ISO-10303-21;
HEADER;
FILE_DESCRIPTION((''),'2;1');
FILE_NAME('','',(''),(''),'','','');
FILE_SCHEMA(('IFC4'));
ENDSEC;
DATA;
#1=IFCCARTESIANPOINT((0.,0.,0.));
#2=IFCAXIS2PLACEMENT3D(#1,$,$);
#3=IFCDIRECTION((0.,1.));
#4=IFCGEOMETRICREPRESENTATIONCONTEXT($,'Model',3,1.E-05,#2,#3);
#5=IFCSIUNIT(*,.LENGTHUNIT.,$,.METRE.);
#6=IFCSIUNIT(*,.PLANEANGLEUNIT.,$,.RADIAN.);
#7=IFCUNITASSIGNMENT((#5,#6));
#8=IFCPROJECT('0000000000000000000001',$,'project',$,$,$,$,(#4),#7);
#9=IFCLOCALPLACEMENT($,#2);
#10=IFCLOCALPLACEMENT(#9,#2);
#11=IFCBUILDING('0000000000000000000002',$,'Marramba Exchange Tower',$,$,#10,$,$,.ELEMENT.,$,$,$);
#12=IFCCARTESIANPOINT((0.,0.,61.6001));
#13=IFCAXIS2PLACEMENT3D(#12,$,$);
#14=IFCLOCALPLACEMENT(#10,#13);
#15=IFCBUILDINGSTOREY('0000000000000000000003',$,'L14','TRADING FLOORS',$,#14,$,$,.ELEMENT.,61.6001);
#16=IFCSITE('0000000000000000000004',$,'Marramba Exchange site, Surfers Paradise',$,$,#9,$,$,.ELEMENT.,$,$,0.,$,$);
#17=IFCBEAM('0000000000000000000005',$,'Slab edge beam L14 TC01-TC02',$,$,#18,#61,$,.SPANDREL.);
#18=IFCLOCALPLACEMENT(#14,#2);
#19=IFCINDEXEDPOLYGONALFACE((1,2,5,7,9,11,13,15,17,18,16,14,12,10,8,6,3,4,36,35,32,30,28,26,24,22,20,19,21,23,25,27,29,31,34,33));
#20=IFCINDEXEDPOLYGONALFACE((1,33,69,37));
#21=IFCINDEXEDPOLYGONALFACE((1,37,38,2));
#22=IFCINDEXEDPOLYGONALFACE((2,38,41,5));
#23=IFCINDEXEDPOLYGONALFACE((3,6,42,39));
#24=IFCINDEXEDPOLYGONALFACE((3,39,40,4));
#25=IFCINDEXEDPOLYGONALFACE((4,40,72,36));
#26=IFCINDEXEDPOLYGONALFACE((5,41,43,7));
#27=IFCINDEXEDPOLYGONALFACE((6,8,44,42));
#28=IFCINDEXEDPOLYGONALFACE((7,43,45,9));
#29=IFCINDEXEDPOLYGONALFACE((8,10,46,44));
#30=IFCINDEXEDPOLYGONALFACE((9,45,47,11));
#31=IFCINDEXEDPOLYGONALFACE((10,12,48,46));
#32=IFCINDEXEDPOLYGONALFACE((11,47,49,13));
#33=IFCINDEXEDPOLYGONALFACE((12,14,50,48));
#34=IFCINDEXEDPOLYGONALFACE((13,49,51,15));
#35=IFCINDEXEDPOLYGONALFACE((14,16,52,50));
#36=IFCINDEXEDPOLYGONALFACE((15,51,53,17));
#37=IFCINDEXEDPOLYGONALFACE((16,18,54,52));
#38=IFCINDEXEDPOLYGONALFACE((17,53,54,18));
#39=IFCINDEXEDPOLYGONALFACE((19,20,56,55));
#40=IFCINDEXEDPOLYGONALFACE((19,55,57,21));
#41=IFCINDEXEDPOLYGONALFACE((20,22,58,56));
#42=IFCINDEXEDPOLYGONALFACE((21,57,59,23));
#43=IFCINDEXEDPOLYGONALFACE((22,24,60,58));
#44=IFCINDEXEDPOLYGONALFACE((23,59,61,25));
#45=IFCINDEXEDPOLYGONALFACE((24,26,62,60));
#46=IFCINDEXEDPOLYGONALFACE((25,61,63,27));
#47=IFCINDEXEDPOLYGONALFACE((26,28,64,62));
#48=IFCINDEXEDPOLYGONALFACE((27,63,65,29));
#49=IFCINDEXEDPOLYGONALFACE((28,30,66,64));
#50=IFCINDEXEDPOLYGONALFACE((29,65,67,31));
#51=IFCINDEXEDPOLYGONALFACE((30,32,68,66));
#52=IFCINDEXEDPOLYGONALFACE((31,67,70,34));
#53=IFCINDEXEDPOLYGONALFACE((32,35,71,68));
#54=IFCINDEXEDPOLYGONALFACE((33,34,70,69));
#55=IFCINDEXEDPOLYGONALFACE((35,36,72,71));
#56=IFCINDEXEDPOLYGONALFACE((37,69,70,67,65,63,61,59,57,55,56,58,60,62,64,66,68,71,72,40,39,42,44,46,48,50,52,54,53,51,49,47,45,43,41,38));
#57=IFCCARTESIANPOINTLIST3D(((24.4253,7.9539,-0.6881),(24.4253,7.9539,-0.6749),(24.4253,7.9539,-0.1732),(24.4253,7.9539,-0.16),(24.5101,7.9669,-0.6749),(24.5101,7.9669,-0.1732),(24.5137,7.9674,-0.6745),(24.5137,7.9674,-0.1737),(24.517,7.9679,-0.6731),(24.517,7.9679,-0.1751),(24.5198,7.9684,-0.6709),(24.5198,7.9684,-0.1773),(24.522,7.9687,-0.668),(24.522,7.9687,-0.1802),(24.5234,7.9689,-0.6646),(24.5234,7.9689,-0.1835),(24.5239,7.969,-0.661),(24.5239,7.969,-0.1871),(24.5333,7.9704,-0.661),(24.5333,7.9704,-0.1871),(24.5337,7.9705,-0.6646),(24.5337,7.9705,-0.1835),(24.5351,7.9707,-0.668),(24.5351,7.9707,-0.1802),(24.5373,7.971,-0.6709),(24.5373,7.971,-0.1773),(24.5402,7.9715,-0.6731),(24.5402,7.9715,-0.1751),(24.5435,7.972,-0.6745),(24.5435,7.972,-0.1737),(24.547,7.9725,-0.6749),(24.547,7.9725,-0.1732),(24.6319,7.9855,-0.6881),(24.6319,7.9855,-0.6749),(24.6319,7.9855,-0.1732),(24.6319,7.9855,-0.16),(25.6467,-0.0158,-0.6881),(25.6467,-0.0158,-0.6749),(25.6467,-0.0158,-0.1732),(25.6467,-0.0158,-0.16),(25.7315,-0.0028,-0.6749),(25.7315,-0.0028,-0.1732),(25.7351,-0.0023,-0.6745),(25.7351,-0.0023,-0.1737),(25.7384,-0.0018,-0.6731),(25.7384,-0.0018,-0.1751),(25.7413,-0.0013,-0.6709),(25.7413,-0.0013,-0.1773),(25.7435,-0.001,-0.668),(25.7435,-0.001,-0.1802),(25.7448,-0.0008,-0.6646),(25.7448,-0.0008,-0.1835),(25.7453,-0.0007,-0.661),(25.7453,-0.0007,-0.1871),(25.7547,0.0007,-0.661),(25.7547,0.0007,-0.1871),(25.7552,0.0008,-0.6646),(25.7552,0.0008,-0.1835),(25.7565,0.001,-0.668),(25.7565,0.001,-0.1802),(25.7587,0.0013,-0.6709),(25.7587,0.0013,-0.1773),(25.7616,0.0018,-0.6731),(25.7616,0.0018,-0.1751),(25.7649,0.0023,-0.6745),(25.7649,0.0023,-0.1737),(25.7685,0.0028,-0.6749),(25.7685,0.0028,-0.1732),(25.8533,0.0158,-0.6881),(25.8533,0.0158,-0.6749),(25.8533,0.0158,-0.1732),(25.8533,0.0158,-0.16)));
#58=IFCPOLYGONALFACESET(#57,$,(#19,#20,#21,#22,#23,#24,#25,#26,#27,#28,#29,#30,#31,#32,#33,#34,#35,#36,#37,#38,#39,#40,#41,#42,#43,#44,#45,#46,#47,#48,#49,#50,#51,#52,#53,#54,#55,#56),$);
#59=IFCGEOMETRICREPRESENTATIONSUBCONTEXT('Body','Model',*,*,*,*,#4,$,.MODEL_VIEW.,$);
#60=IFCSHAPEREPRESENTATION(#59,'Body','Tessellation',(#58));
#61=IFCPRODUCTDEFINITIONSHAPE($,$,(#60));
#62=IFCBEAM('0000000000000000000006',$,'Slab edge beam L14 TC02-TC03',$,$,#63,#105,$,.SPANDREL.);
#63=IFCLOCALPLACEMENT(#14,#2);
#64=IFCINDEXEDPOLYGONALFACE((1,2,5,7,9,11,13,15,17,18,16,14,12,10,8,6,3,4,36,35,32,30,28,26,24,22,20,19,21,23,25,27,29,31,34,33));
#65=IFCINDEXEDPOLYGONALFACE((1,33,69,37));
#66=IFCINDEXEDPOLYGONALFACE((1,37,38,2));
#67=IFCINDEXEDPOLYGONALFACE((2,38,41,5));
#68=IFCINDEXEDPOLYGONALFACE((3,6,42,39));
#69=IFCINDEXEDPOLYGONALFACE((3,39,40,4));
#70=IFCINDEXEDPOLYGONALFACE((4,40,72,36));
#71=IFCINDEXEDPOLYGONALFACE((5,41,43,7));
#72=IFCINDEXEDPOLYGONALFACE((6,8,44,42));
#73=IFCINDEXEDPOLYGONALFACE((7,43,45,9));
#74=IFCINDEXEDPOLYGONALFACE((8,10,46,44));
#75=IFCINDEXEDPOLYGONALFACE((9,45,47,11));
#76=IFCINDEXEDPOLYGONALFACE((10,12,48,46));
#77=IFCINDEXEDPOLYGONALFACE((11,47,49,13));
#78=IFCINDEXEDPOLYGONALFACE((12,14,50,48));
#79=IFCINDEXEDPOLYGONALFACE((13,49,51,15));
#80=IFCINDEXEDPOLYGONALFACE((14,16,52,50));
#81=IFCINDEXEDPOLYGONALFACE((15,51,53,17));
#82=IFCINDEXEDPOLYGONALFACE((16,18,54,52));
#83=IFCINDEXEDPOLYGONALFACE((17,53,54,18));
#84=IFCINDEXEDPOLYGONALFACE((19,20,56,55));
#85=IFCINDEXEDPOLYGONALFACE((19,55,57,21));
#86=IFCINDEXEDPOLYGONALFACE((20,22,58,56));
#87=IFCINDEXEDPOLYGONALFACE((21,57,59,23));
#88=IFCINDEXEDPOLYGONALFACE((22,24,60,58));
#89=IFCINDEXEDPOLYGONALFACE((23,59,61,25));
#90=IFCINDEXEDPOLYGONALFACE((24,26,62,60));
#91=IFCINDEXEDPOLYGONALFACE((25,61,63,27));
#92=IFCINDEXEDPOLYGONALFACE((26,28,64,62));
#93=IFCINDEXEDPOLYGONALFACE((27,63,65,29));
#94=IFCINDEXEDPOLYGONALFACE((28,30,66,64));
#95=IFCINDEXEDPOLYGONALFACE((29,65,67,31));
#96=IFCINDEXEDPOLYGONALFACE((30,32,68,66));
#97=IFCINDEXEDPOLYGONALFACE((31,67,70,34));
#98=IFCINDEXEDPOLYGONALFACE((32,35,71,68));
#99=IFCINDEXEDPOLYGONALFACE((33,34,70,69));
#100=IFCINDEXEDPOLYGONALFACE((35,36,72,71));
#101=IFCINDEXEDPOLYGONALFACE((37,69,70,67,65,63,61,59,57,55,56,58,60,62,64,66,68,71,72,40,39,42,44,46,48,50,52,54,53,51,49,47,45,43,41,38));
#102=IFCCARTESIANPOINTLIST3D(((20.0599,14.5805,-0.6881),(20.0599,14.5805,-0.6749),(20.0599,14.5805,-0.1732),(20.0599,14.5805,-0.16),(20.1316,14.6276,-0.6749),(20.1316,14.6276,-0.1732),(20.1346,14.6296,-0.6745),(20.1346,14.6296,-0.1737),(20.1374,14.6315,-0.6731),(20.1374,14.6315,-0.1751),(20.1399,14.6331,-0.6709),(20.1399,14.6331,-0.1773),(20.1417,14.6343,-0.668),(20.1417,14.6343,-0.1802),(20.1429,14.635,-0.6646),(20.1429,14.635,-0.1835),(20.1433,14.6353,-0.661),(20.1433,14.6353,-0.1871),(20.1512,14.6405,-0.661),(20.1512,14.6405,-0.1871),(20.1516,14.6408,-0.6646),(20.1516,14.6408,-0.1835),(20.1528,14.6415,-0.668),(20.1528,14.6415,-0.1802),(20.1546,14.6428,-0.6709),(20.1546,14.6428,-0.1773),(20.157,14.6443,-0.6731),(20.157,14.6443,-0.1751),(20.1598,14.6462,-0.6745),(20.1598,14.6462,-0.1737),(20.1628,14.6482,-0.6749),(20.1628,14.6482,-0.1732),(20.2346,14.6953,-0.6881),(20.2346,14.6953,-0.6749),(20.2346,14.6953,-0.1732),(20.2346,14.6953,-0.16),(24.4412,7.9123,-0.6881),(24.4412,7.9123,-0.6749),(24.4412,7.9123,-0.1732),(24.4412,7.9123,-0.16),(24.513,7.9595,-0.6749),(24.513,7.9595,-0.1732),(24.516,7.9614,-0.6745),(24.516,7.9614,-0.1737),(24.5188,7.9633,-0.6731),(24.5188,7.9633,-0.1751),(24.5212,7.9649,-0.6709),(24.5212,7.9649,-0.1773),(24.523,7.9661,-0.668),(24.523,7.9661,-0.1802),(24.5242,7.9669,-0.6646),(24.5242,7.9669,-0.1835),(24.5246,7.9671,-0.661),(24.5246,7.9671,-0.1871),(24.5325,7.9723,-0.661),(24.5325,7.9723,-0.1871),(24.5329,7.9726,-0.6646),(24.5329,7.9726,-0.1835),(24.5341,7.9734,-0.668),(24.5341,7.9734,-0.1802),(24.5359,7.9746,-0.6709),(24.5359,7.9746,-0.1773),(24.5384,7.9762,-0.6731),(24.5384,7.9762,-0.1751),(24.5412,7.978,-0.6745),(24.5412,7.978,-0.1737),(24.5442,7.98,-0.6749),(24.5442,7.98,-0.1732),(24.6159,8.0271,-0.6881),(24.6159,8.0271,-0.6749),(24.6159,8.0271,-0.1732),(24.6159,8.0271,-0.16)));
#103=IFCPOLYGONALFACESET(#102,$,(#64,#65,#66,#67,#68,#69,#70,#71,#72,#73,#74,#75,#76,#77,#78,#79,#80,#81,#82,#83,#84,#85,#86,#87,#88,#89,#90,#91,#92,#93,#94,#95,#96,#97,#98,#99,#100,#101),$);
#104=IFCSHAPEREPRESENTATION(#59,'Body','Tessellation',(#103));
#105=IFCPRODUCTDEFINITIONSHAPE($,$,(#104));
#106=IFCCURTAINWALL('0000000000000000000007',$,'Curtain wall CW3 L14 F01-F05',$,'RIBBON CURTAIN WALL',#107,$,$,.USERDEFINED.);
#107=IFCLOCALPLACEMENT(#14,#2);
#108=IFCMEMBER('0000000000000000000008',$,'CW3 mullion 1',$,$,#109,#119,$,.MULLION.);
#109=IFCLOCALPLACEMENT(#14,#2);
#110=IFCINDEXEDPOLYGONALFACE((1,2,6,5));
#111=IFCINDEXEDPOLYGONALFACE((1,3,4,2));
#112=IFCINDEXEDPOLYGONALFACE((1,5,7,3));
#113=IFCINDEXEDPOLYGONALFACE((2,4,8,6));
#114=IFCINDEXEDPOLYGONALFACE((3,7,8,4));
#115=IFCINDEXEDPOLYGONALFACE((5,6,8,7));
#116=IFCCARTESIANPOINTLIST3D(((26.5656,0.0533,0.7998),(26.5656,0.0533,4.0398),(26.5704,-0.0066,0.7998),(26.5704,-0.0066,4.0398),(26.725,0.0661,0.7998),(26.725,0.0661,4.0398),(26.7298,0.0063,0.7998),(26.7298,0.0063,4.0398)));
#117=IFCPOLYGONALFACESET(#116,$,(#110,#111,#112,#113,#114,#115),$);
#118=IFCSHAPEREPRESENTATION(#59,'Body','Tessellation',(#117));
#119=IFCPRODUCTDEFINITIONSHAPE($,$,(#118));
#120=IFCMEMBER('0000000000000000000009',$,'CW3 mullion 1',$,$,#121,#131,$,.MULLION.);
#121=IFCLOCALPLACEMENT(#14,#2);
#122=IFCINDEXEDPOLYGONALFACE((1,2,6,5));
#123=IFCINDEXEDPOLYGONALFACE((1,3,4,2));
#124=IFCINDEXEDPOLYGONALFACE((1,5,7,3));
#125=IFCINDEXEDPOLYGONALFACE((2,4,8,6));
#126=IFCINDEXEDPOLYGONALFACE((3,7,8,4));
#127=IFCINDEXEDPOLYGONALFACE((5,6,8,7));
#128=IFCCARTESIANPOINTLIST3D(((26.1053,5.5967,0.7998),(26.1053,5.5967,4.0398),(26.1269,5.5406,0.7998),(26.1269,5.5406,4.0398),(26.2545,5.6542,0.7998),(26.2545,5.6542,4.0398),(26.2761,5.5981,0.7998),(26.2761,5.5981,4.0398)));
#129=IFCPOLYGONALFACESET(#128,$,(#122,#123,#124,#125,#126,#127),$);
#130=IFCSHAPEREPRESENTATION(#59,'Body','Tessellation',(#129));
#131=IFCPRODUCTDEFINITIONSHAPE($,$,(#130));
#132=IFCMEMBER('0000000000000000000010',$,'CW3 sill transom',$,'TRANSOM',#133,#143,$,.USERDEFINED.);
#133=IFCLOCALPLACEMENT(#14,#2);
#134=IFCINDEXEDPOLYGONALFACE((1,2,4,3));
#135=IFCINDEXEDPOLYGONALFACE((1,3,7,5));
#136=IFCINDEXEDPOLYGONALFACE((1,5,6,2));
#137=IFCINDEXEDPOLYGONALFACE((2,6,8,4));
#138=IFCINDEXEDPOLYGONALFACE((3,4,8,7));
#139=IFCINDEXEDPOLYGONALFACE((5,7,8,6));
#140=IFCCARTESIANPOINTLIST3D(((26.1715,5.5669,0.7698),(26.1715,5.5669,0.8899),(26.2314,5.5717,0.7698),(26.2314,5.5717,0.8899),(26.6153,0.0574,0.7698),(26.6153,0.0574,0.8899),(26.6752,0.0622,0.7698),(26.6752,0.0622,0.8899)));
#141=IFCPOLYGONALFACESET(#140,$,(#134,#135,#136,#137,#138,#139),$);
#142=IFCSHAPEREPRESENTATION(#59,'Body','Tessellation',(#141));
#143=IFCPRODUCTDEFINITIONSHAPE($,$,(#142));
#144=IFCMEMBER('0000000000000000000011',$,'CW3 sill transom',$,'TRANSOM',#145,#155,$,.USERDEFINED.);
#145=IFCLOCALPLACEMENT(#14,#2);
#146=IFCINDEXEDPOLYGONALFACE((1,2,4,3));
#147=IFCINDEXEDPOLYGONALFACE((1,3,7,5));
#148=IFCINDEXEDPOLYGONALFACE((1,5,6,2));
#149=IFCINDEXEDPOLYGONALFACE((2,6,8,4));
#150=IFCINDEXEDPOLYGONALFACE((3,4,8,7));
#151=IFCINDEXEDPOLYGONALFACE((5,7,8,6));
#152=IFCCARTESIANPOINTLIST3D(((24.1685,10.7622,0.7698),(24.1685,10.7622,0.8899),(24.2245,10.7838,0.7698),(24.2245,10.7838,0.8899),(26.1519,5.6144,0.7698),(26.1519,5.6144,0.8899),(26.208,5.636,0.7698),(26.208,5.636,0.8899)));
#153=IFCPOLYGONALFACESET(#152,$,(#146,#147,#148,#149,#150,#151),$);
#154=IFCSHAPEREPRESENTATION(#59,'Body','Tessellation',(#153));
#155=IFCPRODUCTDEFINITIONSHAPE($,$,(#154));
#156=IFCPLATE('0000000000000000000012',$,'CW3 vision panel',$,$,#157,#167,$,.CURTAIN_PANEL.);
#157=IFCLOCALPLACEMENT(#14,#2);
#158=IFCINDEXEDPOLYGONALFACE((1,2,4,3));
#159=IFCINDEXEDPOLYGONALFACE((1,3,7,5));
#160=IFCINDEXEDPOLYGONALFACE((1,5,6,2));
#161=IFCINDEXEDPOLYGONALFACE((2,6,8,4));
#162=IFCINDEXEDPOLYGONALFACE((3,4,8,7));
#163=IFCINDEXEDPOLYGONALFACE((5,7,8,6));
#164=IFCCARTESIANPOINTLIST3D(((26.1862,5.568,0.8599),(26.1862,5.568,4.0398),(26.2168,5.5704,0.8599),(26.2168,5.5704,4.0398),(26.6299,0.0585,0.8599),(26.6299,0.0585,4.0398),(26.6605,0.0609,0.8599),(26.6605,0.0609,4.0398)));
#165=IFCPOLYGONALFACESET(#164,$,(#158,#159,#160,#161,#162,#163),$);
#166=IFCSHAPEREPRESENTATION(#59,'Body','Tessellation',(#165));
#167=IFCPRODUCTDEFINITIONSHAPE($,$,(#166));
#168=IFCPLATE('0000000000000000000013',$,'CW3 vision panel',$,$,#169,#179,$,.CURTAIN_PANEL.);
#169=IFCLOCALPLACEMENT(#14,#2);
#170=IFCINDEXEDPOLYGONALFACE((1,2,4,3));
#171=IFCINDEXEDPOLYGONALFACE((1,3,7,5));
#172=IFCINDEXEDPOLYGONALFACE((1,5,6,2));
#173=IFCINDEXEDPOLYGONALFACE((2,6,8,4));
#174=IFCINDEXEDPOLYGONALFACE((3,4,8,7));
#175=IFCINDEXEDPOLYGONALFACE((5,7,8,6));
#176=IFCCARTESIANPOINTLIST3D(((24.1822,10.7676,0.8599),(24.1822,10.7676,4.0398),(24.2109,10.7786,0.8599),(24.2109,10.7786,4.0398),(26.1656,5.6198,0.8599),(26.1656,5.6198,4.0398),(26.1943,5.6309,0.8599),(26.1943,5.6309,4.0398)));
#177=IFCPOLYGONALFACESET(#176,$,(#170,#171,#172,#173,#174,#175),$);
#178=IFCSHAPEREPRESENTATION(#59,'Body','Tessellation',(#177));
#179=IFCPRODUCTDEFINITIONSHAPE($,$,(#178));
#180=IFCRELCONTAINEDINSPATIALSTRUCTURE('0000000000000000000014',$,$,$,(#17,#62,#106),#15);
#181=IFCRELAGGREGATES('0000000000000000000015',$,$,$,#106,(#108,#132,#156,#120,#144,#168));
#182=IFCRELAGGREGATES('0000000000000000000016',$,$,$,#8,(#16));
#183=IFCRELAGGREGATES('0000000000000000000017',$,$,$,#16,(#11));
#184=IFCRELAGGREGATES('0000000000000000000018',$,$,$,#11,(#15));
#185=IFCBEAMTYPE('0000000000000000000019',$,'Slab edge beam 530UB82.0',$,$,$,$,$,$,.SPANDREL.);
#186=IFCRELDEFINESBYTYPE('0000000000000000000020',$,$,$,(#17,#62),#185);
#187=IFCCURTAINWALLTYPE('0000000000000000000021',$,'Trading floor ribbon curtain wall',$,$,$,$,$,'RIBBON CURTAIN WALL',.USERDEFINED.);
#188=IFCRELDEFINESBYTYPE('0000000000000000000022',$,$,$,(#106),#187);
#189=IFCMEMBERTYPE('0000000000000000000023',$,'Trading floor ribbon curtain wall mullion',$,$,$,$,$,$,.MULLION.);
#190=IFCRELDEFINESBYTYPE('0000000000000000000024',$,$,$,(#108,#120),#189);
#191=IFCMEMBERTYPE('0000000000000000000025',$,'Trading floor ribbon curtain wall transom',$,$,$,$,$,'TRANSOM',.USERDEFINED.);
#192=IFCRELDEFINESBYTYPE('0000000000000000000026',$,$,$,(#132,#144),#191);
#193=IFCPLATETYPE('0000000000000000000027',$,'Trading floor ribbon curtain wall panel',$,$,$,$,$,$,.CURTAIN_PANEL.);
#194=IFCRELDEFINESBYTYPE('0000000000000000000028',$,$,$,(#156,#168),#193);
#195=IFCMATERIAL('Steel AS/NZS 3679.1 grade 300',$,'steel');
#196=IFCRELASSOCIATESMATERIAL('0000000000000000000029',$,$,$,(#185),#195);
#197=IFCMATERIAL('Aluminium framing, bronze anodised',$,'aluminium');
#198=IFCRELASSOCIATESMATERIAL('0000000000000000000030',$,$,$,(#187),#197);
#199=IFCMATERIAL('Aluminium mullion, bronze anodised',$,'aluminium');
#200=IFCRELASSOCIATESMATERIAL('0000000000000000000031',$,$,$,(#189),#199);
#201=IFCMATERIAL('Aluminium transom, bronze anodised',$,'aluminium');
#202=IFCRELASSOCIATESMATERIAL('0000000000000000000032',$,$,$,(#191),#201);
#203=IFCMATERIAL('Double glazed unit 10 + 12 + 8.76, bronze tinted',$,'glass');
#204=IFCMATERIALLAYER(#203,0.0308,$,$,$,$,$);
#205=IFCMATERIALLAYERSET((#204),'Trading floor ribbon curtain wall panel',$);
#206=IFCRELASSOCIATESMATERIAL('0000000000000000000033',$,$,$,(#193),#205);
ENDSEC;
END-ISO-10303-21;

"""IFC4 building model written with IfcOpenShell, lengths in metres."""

from ifc_helpers import new_model, si_unit, direction, frame, origin, origin_2d, place, context, subcontext, project, spatial, rectangle, i_section, extrude, material, layer, layer_set, material_profile, profile_set, type_object, element, aggregate, save


model = new_model("IFC4")

# Units and contexts
model_context = context("Model", 3, precision=1e-05, world=origin(), true_north=direction((0.0, 1.0)))
body_context = subcontext(model_context, "Body", "Model", "MODEL_VIEW")
ifc_project = project(units=[si_unit("LENGTHUNIT", "METRE"), si_unit("PLANEANGLEUNIT", "RADIAN")], contexts=[model_context])

# Site, building, storey
site_placement = place(None, origin())
site = spatial("IfcSite", under=ifc_project, at=site_placement, Name="Marramba Exchange site, Surfers Paradise", CompositionType="ELEMENT", RefElevation=0.0)
building_placement = place(site_placement, origin())
building = spatial("IfcBuilding", under=site, at=building_placement, Name="Marramba Exchange Tower", CompositionType="ELEMENT")
storey_placement = place(building_placement, frame((0.0, 0.0, 61.6001)))
storey = spatial("IfcBuildingStorey", under=building, at=storey_placement, Name="L14", Description="TRADING FLOORS", CompositionType="ELEMENT", Elevation=61.6001)

# Beams
ifc_material_1 = material(Name="Steel AS/NZS 3679.1 grade 300", Category="steel")
ifc_material_profile_1 = material_profile(ifc_material_1, i_section(OverallWidth=0.209, OverallDepth=0.5281, WebThickness=0.0095, FlangeThickness=0.0132, FilletRadius=0.0139, at=origin_2d()), Name="530UB82.0")
ifc_profile_set_1 = profile_set([ifc_material_profile_1], Name="Steel AS/NZS 3679.1 grade 300")
beam_type_1 = type_object("IfcBeamType", Name="Slab edge beam 530UB82.0", PredefinedType="SPANDREL", material=ifc_profile_set_1)
beam_1_placement = place(storey_placement, frame((25.75, 0.0, -0.4241), z_axis=(-0.151491, 0.988459, 0.0), x_axis=(-0.988459, -0.151491, 0.0)))
element("IfcBeam", 1, at=beam_1_placement, inside=storey, type_object=beam_type_1, Name="Slab edge beam L14 TC01-TC02", PredefinedType="SPANDREL", context=body_context, shape_type="SweptSolid", body=[
    extrude(i_section(OverallWidth=0.209, OverallDepth=0.5281, WebThickness=0.0095, FlangeThickness=0.0132, FilletRadius=0.0139, at=origin_2d()), origin(), (0.0, 0.0, 1.0), 8.0627),
])
beam_2_placement = place(storey_placement, frame((24.5286, 7.9697, -0.4241), z_axis=(-0.549124, 0.835741, 0.0), x_axis=(-0.835741, -0.549124, 0.0)))
element("IfcBeam", 2, at=beam_2_placement, inside=storey, type_object=beam_type_1, Name="Slab edge beam L14 TC02-TC03", PredefinedType="SPANDREL", context=body_context, shape_type="SweptSolid", body=[
    extrude(i_section(OverallWidth=0.209, OverallDepth=0.5281, WebThickness=0.0095, FlangeThickness=0.0132, FilletRadius=0.0139, at=origin_2d()), origin(), (0.0, 0.0, 1.0), 7.9788),
])

# Curtain wall, members, plates
ifc_material_2 = material(Name="Aluminium framing, bronze anodised", Category="aluminium")
curtain_wall_type = type_object("IfcCurtainWallType", Name="Trading floor ribbon curtain wall", ElementType="RIBBON CURTAIN WALL", PredefinedType="USERDEFINED", material=ifc_material_2)
curtain_wall_placement = place(storey_placement, origin())
curtain_wall = element("IfcCurtainWall", 3, at=curtain_wall_placement, inside=storey, type_object=curtain_wall_type, Name="Curtain wall CW3 L14 F01-F05", ObjectType="RIBBON CURTAIN WALL", PredefinedType="USERDEFINED")
ifc_material_3 = material(Name="Aluminium mullion, bronze anodised", Category="aluminium")
ifc_material_profile_2 = material_profile(ifc_material_3, rectangle(XDim=0.1599, YDim=0.0601, at=origin_2d()), Name="CW3 mullion 60x160")
ifc_profile_set_2 = profile_set([ifc_material_profile_2], Name="Aluminium mullion, bronze anodised")
member_type_1 = type_object("IfcMemberType", Name="Trading floor ribbon curtain wall mullion", PredefinedType="MULLION", material=ifc_profile_set_2)
member_1_placement = place(storey_placement, frame((26.6477, 0.0298, 0.7998), z_axis=(0.0, 0.0, 1.0), x_axis=(-0.996773, -0.080275, 0.0)))
member_1 = element("IfcMember", 4, at=member_1_placement, type_object=member_type_1, Name="CW3 mullion 1", PredefinedType="MULLION", context=body_context, shape_type="SweptSolid", body=[
    extrude(rectangle(XDim=0.1599, YDim=0.0601, at=origin_2d()), origin(), (0.0, 0.0, 1.0), 3.24),
])
member_2_placement = place(storey_placement, frame((26.1907, 5.5974, 0.7998), z_axis=(0.0, 0.0, 1.0), x_axis=(-0.933135, -0.359526, 0.0)))
member_2 = element("IfcMember", 5, at=member_2_placement, type_object=member_type_1, Name="CW3 mullion 1", PredefinedType="MULLION", context=body_context, shape_type="SweptSolid", body=[
    extrude(rectangle(XDim=0.1599, YDim=0.0601, at=origin_2d()), origin(), (0.0, 0.0, 1.0), 3.24),
])
ifc_material_4 = material(Name="Aluminium transom, bronze anodised", Category="aluminium")
ifc_material_profile_3 = material_profile(ifc_material_4, rectangle(XDim=0.0601, YDim=0.1201, at=origin_2d()), Name="CW3 transom 60x120")
ifc_profile_set_3 = profile_set([ifc_material_profile_3], Name="Aluminium transom, bronze anodised")
member_type_2 = type_object("IfcMemberType", Name="Trading floor ribbon curtain wall transom", ElementType="TRANSOM", PredefinedType="USERDEFINED", material=ifc_profile_set_3)
member_3_placement = place(storey_placement, frame((26.6453, 0.0598, 0.8298), z_axis=(-0.0803, 0.996771, 0.0), x_axis=(-0.996771, -0.0803, 0.0)))
member_3 = element("IfcMember", 6, at=member_3_placement, type_object=member_type_2, Name="CW3 sill transom", ObjectType="TRANSOM", PredefinedType="USERDEFINED", context=body_context, shape_type="SweptSolid", body=[
    extrude(rectangle(XDim=0.0601, YDim=0.1201, at=origin_2d()), origin(), (0.0, 0.0, 1.0), 5.5273),
])
member_4_placement = place(storey_placement, frame((26.1799, 5.6252, 0.8298), z_axis=(-0.359534, 0.933132, 0.0), x_axis=(-0.933132, -0.359534, 0.0)))
member_4 = element("IfcMember", 7, at=member_4_placement, type_object=member_type_2, Name="CW3 sill transom", ObjectType="TRANSOM", PredefinedType="USERDEFINED", context=body_context, shape_type="SweptSolid", body=[
    extrude(rectangle(XDim=0.0601, YDim=0.1201, at=origin_2d()), origin(), (0.0, 0.0, 1.0), 5.5166),
])
ifc_material_5 = material(Name="Double glazed unit 10 + 12 + 8.76, bronze tinted", Category="glass")
ifc_layer_1 = layer(ifc_material_5, 0.0308)
ifc_layer_set_1 = layer_set([ifc_layer_1], Name="Trading floor ribbon curtain wall panel")
plate_type = type_object("IfcPlateType", Name="Trading floor ribbon curtain wall panel", PredefinedType="CURTAIN_PANEL", material=ifc_layer_set_1)
plate_1_placement = place(storey_placement, frame((26.4233, 2.8145, 0.8599), z_axis=(0.0, 0.0, 1.0), x_axis=(-0.080275, 0.996773, 0.0)))
plate_1 = element("IfcPlate", 8, at=plate_1_placement, type_object=plate_type, Name="CW3 vision panel", PredefinedType="CURTAIN_PANEL", context=body_context, shape_type="SweptSolid", body=[
    extrude(rectangle(XDim=5.5273, YDim=0.0308, at=origin_2d()), origin(), (0.0, 0.0, 1.0), 3.1799),
])
plate_2_placement = place(storey_placement, frame((25.1882, 8.1992, 0.8599), z_axis=(0.0, 0.0, 1.0), x_axis=(-0.359526, 0.933135, 0.0)))
plate_2 = element("IfcPlate", 9, at=plate_2_placement, type_object=plate_type, Name="CW3 vision panel", PredefinedType="CURTAIN_PANEL", context=body_context, shape_type="SweptSolid", body=[
    extrude(rectangle(XDim=5.5166, YDim=0.0308, at=origin_2d()), origin(), (0.0, 0.0, 1.0), 3.1799),
])
aggregate(curtain_wall, [member_1, member_3, plate_1, member_2, member_4, plate_2])

save(model, "model.ifc")
